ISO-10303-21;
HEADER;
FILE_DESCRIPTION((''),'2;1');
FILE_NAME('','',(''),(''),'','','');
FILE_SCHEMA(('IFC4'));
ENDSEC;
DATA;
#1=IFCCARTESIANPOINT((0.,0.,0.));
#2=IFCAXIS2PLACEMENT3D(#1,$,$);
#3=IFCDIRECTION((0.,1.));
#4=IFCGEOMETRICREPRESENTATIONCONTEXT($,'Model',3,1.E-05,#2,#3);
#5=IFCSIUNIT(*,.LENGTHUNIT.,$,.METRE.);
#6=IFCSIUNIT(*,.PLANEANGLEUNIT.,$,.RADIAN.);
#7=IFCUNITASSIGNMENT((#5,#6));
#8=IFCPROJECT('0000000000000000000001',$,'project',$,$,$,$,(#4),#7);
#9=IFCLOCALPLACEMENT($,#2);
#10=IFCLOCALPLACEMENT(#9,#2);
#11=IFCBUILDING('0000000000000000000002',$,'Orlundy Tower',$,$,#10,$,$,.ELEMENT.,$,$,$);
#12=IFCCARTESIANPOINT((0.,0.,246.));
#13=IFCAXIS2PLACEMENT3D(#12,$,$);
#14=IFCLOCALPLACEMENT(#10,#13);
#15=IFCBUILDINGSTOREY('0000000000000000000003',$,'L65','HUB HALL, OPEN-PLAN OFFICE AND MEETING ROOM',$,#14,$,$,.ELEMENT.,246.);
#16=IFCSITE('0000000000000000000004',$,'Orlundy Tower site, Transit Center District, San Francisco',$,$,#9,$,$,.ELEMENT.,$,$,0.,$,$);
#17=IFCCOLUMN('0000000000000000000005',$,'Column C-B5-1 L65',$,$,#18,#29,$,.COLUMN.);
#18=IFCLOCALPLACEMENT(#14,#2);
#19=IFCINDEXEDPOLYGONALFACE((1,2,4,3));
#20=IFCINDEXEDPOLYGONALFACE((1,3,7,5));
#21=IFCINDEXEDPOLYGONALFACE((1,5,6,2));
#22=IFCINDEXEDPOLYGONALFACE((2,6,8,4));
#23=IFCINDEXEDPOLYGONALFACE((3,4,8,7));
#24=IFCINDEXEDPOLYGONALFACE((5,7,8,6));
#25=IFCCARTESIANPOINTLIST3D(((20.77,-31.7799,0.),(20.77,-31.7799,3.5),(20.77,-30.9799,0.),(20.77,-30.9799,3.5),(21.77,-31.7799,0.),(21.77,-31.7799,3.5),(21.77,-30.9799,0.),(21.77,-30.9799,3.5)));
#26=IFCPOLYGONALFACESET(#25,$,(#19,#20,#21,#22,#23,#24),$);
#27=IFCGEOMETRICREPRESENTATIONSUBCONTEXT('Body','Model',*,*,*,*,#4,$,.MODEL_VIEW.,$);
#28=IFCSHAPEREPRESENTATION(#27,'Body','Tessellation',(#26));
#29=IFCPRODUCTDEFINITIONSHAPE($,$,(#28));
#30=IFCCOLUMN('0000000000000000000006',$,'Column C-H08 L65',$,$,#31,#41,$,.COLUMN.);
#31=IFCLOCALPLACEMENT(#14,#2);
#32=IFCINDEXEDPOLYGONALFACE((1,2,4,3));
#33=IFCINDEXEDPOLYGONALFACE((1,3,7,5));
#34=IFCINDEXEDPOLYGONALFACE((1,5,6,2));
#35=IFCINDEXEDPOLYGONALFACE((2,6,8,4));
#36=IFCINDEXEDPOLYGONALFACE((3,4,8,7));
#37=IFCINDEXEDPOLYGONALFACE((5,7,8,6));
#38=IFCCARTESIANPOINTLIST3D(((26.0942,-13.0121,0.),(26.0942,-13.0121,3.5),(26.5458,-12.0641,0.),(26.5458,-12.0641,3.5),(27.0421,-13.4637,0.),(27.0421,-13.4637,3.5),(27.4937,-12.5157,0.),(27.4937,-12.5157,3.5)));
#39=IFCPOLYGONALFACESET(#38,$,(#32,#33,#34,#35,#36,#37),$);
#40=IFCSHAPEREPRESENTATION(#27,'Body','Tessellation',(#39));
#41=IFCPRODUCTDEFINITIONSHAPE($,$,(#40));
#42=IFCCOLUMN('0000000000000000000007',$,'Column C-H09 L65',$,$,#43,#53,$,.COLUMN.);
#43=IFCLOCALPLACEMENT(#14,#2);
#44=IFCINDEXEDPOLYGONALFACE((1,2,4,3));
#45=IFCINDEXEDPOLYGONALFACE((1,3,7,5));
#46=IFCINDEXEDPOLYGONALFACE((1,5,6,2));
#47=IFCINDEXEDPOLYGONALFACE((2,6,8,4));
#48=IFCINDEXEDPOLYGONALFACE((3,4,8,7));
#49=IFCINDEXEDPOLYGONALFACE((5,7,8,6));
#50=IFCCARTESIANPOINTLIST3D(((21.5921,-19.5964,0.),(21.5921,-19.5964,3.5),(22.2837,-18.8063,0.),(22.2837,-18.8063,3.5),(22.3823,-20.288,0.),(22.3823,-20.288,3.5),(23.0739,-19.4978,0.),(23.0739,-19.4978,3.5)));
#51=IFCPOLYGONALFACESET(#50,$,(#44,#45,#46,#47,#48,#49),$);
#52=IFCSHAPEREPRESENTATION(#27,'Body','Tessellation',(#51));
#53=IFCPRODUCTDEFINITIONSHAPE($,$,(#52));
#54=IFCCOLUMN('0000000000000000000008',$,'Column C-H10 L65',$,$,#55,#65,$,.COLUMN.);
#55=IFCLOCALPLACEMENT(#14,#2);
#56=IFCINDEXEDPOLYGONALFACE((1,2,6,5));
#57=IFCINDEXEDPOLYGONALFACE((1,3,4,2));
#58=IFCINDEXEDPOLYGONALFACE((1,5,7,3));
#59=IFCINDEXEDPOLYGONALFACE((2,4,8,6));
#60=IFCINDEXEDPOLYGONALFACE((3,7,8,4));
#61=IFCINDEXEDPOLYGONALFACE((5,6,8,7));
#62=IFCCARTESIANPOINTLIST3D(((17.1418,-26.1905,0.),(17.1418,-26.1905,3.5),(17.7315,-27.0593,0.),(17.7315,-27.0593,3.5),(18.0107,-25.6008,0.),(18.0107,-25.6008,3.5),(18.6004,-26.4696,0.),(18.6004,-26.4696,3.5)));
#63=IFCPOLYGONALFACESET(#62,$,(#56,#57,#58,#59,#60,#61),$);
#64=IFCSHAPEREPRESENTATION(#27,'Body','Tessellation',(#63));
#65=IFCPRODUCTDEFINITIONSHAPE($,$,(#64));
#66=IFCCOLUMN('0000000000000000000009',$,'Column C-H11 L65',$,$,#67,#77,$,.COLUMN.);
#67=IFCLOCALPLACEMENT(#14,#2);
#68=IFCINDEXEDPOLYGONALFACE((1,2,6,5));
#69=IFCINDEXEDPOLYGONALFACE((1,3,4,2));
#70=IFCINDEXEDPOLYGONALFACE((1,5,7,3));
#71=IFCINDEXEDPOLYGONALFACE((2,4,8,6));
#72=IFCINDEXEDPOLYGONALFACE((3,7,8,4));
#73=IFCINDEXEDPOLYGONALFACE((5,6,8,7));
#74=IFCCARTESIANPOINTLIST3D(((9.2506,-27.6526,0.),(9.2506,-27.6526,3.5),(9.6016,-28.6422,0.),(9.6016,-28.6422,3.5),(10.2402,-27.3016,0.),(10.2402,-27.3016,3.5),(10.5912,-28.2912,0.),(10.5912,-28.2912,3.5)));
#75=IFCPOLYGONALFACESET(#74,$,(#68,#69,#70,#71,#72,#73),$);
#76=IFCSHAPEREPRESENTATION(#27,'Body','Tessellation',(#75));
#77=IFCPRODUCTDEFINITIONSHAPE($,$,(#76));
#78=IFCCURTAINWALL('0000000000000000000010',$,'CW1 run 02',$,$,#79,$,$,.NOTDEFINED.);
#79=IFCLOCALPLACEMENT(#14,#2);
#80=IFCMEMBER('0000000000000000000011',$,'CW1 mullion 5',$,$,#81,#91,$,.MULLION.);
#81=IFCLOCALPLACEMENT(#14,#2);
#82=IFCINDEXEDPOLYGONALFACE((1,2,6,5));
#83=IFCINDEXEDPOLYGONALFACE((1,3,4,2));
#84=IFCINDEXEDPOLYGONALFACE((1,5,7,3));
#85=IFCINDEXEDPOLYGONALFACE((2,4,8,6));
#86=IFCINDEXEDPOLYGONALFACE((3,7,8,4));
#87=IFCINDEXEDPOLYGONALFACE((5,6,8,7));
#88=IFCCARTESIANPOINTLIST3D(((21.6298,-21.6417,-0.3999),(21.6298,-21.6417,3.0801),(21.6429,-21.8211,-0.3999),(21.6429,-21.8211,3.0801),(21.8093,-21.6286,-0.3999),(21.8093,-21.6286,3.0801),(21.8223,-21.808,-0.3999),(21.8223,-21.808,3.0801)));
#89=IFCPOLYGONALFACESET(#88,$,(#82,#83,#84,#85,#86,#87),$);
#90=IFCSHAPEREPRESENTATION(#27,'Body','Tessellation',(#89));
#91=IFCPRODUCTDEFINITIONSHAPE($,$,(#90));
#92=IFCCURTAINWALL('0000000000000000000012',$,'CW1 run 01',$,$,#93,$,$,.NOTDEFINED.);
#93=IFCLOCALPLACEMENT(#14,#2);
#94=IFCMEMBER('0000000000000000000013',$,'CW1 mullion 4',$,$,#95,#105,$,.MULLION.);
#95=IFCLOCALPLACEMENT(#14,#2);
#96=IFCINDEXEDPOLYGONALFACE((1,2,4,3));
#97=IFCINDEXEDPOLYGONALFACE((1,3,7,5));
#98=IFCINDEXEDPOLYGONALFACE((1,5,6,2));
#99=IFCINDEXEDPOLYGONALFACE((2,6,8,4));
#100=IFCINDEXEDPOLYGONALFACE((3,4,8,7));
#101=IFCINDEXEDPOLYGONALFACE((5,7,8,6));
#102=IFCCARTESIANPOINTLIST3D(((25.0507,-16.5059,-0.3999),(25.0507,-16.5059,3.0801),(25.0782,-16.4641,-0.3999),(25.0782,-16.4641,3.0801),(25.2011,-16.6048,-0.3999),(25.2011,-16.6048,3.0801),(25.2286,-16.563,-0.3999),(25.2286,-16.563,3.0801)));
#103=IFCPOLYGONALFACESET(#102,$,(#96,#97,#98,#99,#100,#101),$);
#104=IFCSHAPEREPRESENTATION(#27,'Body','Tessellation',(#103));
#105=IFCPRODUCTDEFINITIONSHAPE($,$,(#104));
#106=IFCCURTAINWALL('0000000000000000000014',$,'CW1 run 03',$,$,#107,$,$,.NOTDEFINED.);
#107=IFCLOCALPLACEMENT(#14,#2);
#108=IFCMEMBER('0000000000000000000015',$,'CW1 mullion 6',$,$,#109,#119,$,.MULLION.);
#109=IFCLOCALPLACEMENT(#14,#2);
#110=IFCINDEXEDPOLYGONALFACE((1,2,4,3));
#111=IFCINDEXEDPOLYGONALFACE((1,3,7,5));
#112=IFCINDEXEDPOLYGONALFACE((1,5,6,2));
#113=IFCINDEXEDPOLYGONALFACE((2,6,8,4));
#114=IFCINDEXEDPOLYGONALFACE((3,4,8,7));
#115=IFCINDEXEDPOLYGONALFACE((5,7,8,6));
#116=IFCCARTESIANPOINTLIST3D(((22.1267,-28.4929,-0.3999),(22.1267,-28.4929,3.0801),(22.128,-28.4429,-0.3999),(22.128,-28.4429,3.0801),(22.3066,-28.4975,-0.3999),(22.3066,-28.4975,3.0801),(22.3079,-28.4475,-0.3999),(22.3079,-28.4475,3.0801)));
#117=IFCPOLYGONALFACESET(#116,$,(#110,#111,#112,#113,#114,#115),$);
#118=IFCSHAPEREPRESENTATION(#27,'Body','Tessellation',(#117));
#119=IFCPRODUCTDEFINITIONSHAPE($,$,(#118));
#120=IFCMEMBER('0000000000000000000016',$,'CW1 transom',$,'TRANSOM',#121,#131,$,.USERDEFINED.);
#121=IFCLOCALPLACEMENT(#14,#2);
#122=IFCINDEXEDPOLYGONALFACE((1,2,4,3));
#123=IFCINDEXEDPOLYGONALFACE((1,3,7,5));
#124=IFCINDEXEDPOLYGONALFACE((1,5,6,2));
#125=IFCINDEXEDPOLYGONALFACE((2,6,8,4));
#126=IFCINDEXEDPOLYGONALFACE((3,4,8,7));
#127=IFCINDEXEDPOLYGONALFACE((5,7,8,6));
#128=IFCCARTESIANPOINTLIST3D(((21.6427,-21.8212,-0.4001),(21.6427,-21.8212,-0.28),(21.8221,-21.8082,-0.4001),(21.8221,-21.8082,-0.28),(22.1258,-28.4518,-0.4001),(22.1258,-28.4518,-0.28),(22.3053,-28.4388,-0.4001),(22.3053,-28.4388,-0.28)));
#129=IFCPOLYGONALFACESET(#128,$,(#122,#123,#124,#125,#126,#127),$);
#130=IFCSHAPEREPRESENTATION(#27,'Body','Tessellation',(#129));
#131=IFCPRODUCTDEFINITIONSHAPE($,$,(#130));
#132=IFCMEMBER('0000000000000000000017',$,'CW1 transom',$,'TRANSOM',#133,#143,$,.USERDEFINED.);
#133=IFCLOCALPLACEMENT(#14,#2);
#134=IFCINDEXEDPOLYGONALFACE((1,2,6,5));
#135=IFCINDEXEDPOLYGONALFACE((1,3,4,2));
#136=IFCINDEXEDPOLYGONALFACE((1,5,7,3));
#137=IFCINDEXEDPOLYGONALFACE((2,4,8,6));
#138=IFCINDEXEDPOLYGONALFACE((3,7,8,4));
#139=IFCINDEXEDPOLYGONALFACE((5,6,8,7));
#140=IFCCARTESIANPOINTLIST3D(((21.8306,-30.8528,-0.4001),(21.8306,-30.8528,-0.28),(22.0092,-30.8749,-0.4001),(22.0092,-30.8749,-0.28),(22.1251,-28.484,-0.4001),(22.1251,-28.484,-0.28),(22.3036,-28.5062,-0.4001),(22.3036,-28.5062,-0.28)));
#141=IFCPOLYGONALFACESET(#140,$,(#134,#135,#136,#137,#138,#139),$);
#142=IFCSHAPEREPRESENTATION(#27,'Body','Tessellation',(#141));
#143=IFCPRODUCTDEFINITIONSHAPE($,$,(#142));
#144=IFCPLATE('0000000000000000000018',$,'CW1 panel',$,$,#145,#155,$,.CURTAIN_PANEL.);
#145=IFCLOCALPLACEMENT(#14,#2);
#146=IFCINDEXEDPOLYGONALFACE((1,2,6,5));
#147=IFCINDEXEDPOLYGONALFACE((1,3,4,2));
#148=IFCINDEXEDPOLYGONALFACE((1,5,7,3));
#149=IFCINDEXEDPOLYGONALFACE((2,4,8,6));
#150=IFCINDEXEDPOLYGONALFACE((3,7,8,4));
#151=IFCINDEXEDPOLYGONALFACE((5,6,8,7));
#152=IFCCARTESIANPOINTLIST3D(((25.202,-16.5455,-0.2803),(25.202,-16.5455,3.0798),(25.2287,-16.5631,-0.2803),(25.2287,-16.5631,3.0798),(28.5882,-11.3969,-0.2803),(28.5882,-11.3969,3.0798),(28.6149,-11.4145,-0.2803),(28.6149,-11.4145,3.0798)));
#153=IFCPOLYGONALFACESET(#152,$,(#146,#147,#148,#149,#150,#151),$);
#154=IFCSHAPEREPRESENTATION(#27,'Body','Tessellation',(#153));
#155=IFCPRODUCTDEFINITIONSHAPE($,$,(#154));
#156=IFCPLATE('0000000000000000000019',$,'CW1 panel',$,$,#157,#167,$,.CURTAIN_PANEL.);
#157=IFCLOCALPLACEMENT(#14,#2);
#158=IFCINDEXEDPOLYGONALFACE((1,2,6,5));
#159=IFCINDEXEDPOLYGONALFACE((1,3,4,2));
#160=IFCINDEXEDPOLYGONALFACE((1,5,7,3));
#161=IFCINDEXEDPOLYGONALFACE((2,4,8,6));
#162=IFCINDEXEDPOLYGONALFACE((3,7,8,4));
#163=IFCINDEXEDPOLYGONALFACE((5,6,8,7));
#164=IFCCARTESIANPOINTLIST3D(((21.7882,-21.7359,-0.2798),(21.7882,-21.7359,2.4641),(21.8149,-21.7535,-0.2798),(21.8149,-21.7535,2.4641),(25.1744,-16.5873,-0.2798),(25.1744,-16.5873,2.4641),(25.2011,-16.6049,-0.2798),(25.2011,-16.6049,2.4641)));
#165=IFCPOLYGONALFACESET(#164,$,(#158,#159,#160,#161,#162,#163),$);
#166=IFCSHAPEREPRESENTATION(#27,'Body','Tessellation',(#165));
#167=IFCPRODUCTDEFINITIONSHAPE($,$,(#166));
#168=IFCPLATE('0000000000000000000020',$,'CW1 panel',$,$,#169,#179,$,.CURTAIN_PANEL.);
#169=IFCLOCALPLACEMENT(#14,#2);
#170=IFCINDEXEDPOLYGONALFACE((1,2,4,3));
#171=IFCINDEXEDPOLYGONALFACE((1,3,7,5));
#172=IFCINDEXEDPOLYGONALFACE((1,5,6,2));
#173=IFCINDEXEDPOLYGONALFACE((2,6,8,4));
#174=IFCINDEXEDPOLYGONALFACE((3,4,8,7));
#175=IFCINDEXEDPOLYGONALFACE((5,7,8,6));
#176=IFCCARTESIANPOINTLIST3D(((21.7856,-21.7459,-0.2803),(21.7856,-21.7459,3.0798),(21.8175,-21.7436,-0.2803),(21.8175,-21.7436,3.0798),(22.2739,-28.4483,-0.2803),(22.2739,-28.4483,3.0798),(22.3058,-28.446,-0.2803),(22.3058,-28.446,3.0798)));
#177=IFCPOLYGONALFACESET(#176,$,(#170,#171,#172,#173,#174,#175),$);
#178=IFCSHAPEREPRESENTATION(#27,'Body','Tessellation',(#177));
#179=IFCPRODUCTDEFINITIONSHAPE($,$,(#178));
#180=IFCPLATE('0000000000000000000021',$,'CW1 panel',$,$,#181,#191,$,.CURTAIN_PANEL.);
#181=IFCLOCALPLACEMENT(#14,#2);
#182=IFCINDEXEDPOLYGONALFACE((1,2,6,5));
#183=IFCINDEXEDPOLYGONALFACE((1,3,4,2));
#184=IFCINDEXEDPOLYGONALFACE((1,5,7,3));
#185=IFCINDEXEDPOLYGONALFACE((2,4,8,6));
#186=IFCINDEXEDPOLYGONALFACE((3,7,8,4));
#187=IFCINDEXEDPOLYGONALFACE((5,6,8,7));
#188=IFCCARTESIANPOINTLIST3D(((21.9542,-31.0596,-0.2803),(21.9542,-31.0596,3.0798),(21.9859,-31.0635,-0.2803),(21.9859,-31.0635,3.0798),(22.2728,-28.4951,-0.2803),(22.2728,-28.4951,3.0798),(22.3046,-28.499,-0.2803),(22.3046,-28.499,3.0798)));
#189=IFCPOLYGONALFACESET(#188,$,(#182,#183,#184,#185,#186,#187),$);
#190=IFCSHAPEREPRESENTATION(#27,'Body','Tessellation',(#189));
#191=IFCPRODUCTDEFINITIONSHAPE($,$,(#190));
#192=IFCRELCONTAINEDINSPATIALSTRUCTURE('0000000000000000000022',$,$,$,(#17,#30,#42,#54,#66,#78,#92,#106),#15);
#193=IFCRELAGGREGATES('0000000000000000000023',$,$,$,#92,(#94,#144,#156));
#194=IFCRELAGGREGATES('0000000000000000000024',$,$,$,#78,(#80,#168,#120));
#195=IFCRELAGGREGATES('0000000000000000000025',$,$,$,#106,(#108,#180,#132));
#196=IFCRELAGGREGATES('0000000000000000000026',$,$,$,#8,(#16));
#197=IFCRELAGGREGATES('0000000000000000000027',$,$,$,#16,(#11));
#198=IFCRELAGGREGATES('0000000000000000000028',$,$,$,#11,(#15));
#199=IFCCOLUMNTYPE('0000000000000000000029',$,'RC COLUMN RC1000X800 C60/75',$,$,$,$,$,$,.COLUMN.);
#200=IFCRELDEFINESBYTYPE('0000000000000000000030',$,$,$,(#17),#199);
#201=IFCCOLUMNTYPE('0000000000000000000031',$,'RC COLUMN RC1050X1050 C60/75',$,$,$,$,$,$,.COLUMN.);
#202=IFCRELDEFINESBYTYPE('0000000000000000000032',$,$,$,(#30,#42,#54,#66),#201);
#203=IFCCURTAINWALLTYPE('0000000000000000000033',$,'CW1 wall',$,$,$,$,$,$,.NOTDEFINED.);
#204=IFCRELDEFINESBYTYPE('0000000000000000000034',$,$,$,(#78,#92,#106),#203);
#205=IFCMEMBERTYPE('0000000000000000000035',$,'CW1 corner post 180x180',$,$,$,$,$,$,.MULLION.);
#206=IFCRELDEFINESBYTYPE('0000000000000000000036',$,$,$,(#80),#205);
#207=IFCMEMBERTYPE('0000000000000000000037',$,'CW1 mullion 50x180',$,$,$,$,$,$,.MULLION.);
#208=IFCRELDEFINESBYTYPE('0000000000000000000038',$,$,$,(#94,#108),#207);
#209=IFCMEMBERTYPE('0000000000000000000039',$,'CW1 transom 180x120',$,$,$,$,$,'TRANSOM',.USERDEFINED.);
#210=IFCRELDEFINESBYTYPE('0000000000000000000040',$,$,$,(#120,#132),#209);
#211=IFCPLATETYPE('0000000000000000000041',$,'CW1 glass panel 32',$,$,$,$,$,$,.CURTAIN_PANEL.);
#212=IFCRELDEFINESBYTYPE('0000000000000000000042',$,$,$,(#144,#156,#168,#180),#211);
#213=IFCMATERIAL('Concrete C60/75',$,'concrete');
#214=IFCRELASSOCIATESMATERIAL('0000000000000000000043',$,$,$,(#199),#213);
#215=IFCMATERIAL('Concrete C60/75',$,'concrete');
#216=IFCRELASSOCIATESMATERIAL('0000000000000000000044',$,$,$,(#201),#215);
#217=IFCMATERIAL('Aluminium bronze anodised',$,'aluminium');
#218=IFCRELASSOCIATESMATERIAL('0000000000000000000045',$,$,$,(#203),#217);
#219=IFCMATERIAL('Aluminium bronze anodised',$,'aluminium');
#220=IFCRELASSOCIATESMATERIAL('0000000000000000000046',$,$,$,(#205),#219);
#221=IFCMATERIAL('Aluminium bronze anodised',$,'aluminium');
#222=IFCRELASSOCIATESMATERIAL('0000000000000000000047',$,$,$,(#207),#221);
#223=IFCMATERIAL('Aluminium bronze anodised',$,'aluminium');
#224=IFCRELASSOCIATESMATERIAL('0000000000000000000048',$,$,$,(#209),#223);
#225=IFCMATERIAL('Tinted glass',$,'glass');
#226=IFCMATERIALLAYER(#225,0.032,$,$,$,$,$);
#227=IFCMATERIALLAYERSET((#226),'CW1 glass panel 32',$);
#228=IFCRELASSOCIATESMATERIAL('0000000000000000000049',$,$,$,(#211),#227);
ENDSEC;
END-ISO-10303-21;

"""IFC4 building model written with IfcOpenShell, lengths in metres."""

from ifc_helpers import new_model, si_unit, direction, frame, origin, origin_2d, place, context, subcontext, project, spatial, rectangle, extrude, material, layer, layer_set, material_profile, profile_set, type_object, element, aggregate, save


model = new_model("IFC4")

# Units and contexts
model_context = context("Model", 3, precision=1e-05, world=origin(), true_north=direction((0.0, 1.0)))
body_context = subcontext(model_context, "Body", "Model", "MODEL_VIEW")
ifc_project = project(units=[si_unit("LENGTHUNIT", "METRE"), si_unit("PLANEANGLEUNIT", "RADIAN")], contexts=[model_context])

# Site, building, storey
site_placement = place(None, origin())
site = spatial("IfcSite", under=ifc_project, at=site_placement, Name="Orlundy Tower site, Transit Center District, San Francisco", CompositionType="ELEMENT", RefElevation=0.0)
building_placement = place(site_placement, origin())
building = spatial("IfcBuilding", under=site, at=building_placement, Name="Orlundy Tower", CompositionType="ELEMENT")
storey_placement = place(building_placement, frame((0.0, 0.0, 246.0)))
storey = spatial("IfcBuildingStorey", under=building, at=storey_placement, Name="L65", Description="HUB HALL, OPEN-PLAN OFFICE AND MEETING ROOM", CompositionType="ELEMENT", Elevation=246.0)

# Columns
ifc_material_1 = material(Name="Concrete C60/75", Category="concrete")
ifc_material_profile_1 = material_profile(ifc_material_1, rectangle(XDim=1.0, YDim=0.8, at=origin_2d()), Name="RC1000X800")
ifc_profile_set_1 = profile_set([ifc_material_profile_1], Name="Concrete C60/75")
column_type_1 = type_object("IfcColumnType", Name="RC COLUMN RC1000X800 C60/75", PredefinedType="COLUMN", material=ifc_profile_set_1)
column_placement = place(storey_placement, frame((21.27, -31.3799, 0.0), z_axis=(0.0, 0.0, 1.0), x_axis=(1.0, 0.0, 0.0)))
element("IfcColumn", 1, at=column_placement, inside=storey, type_object=column_type_1, Name="Column C-B5-1 L65", PredefinedType="COLUMN", context=body_context, shape_type="SweptSolid", body=[
    extrude(rectangle(XDim=1.0, YDim=0.8, at=origin_2d()), origin(), (0.0, 0.0, 1.0), 3.5),
])
ifc_material_2 = material(Name="Concrete C60/75", Category="concrete")
ifc_material_profile_2 = material_profile(ifc_material_2, rectangle(XDim=1.05, YDim=1.05, at=origin_2d()), Name="RC1050X1050")
ifc_profile_set_2 = profile_set([ifc_material_profile_2], Name="Concrete C60/75")
column_type_2 = type_object("IfcColumnType", Name="RC COLUMN RC1050X1050 C60/75", PredefinedType="COLUMN", material=ifc_profile_set_2)
for number, where, z_axis, x_axis, name in (
    (2, (26.7939, -12.7639, 0.0), (0.0, 0.0, 1.0), (0.902796, -0.43007, 0.0), "Column C-H08 L65"),
    (3, (22.333, -19.5471, 0.0), (0.0, 0.0, 1.0), (0.752484, -0.658611, 0.0), "Column C-H09 L65"),
    (4, (17.8711, -26.3301, 0.0), (0.0, 0.0, 1.0), (0.561592, -0.827414, 0.0), "Column C-H10 L65"),
    (5, (9.9209, -27.9719, 0.0), (0.0, 0.0, 1.0), (0.334267, -0.942478, 0.0), "Column C-H11 L65"),
):
    element("IfcColumn", number, at=place(storey_placement, frame(where, z_axis=z_axis, x_axis=x_axis)), inside=storey, type_object=column_type_2, Name=name, PredefinedType="COLUMN", context=body_context, shape_type="SweptSolid", body=[
        extrude(rectangle(XDim=1.05, YDim=1.05, at=origin_2d()), origin(), (0.0, 0.0, 1.0), 3.5),
    ])

# Curtain walls, members
ifc_material_3 = material(Name="Aluminium bronze anodised", Category="aluminium")
curtain_wall_type = type_object("IfcCurtainWallType", Name="CW1 wall", PredefinedType="NOTDEFINED", material=ifc_material_3)
curtain_wall_1_placement = place(storey_placement, origin())
curtain_wall_1 = element("IfcCurtainWall", 6, at=curtain_wall_1_placement, inside=storey, type_object=curtain_wall_type, Name="CW1 run 02", PredefinedType="NOTDEFINED")
ifc_material_4 = material(Name="Aluminium bronze anodised", Category="aluminium")
ifc_material_profile_3 = material_profile(ifc_material_4, rectangle(XDim=0.1799, YDim=0.1799, at=origin_2d()), Name="CW1 corner post 180x180")
ifc_profile_set_3 = profile_set([ifc_material_profile_3], Name="Aluminium bronze anodised")
member_type_1 = type_object("IfcMemberType", Name="CW1 corner post 180x180", PredefinedType="MULLION", material=ifc_profile_set_3)
member_1_placement = place(storey_placement, frame((21.7261, -21.7249, -0.3999), z_axis=(0.0, 0.0, 1.0), x_axis=(0.997357, 0.072661, 0.0)))
member_1 = element("IfcMember", 7, at=member_1_placement, type_object=member_type_1, Name="CW1 mullion 5", PredefinedType="MULLION", context=body_context, shape_type="SweptSolid", body=[
    extrude(rectangle(XDim=0.1799, YDim=0.1799, at=origin_2d()), origin(), (0.0, 0.0, 1.0), 3.48),
])
curtain_wall_2_placement = place(storey_placement, origin())
curtain_wall_2 = element("IfcCurtainWall", 8, at=curtain_wall_2_placement, inside=storey, type_object=curtain_wall_type, Name="CW1 run 01", PredefinedType="NOTDEFINED")
ifc_material_5 = material(Name="Aluminium bronze anodised", Category="aluminium")
ifc_material_profile_4 = material_profile(ifc_material_5, rectangle(XDim=0.1799, YDim=0.05, at=origin_2d()), Name="CW1 mullion 50x180")
ifc_profile_set_4 = profile_set([ifc_material_profile_4], Name="Aluminium bronze anodised")
member_type_2 = type_object("IfcMemberType", Name="CW1 mullion 50x180", PredefinedType="MULLION", material=ifc_profile_set_4)
member_2_placement = place(storey_placement, frame((25.1396, -16.5344, -0.3999), z_axis=(0.0, 0.0, 1.0), x_axis=(0.835496, -0.549496, 0.0)))
member_2 = element("IfcMember", 9, at=member_2_placement, type_object=member_type_2, Name="CW1 mullion 4", PredefinedType="MULLION", context=body_context, shape_type="SweptSolid", body=[
    extrude(rectangle(XDim=0.1799, YDim=0.05, at=origin_2d()), origin(), (0.0, 0.0, 1.0), 3.48),
])
curtain_wall_3_placement = place(storey_placement, origin())
curtain_wall_3 = element("IfcCurtainWall", 10, at=curtain_wall_3_placement, inside=storey, type_object=curtain_wall_type, Name="CW1 run 03", PredefinedType="NOTDEFINED")
member_3_placement = place(storey_placement, frame((22.2173, -28.4702, -0.3999), z_axis=(0.0, 0.0, 1.0), x_axis=(0.999676, -0.025444, 0.0)))
member_3 = element("IfcMember", 11, at=member_3_placement, type_object=member_type_2, Name="CW1 mullion 6", PredefinedType="MULLION", context=body_context, shape_type="SweptSolid", body=[
    extrude(rectangle(XDim=0.1799, YDim=0.05, at=origin_2d()), origin(), (0.0, 0.0, 1.0), 3.48),
])

# Members
ifc_material_6 = material(Name="Aluminium bronze anodised", Category="aluminium")
ifc_material_profile_5 = material_profile(ifc_material_6, rectangle(XDim=0.1799, YDim=0.1201, at=origin_2d()), Name="CW1 transom 180x120")
ifc_profile_set_5 = profile_set([ifc_material_profile_5], Name="Aluminium bronze anodised")
member_type_3 = type_object("IfcMemberType", Name="CW1 transom 180x120", ElementType="TRANSOM", PredefinedType="USERDEFINED", material=ifc_profile_set_5)
member_4_placement = place(storey_placement, frame((21.7324, -21.8147, -0.3401), z_axis=(0.072675, -0.997356, 0.0), x_axis=(0.997356, 0.072675, 0.0)))
member_4 = element("IfcMember", 12, at=member_4_placement, type_object=member_type_3, Name="CW1 transom", ObjectType="TRANSOM", PredefinedType="USERDEFINED", context=body_context, shape_type="SweptSolid", body=[
    extrude(rectangle(XDim=0.1799, YDim=0.1201, at=origin_2d()), origin(), (0.0, 0.0, 1.0), 6.6482),
])
member_5_placement = place(storey_placement, frame((22.2144, -28.4951, -0.3401), z_axis=(-0.123355, -0.992363, 0.0), x_axis=(0.992363, -0.123355, 0.0)))
member_5 = element("IfcMember", 13, at=member_5_placement, type_object=member_type_3, Name="CW1 transom", ObjectType="TRANSOM", PredefinedType="USERDEFINED", context=body_context, shape_type="SweptSolid", body=[
    extrude(rectangle(XDim=0.1799, YDim=0.1201, at=origin_2d()), origin(), (0.0, 0.0, 1.0), 2.387),
])

# Plates
ifc_material_7 = material(Name="Tinted glass", Category="glass")
ifc_layer_1 = layer(ifc_material_7, 0.032)
ifc_layer_set_1 = layer_set([ifc_layer_1], Name="CW1 glass panel 32")
plate_type = type_object("IfcPlateType", Name="CW1 glass panel 32", PredefinedType="CURTAIN_PANEL", material=ifc_layer_set_1)
plate_1_placement = place(storey_placement, frame((26.9084, -13.98, -0.2803), z_axis=(0.0, 0.0, 1.0), x_axis=(-0.549496, -0.835496, 0.0)))
plate_1 = element("IfcPlate", 14, at=plate_1_placement, type_object=plate_type, Name="CW1 panel", PredefinedType="CURTAIN_PANEL", context=body_context, shape_type="SweptSolid", body=[
    extrude(rectangle(XDim=6.1624, YDim=0.032, at=origin_2d()), origin(), (0.0, 0.0, 1.0), 3.3601),
])
plate_2_placement = place(storey_placement, frame((23.4946, -19.1704, -0.2798), z_axis=(0.0, 0.0, 1.0), x_axis=(-0.549496, -0.835496, 0.0)))
plate_2 = element("IfcPlate", 15, at=plate_2_placement, type_object=plate_type, Name="CW1 panel", PredefinedType="CURTAIN_PANEL", context=body_context, shape_type="SweptSolid", body=[
    extrude(rectangle(XDim=6.1624, YDim=0.032, at=origin_2d()), origin(), (0.0, 0.0, 1.0), 2.7439),
])
aggregate(curtain_wall_2, [member_2, plate_1, plate_2])
plate_3_placement = place(storey_placement, frame((22.0457, -25.0959, -0.2803), z_axis=(0.0, 0.0, 1.0), x_axis=(0.072661, -0.997357, 0.0)))
plate_3 = element("IfcPlate", 16, at=plate_3_placement, type_object=plate_type, Name="CW1 panel", PredefinedType="CURTAIN_PANEL", context=body_context, shape_type="SweptSolid", body=[
    extrude(rectangle(XDim=6.7202, YDim=0.032, at=origin_2d()), origin(), (0.0, 0.0, 1.0), 3.3601),
])
aggregate(curtain_wall_1, [member_1, plate_3, member_4])
plate_4_placement = place(storey_placement, frame((22.1294, -29.7793, -0.2803), z_axis=(0.0, 0.0, 1.0), x_axis=(-0.123304, -0.992369, 0.0)))
plate_4 = element("IfcPlate", 17, at=plate_4_placement, type_object=plate_type, Name="CW1 panel", PredefinedType="CURTAIN_PANEL", context=body_context, shape_type="SweptSolid", body=[
    extrude(rectangle(XDim=2.5842, YDim=0.032, at=origin_2d()), origin(), (0.0, 0.0, 1.0), 3.3601),
])
aggregate(curtain_wall_3, [member_3, plate_4, member_5])

save(model, "model.ifc")
